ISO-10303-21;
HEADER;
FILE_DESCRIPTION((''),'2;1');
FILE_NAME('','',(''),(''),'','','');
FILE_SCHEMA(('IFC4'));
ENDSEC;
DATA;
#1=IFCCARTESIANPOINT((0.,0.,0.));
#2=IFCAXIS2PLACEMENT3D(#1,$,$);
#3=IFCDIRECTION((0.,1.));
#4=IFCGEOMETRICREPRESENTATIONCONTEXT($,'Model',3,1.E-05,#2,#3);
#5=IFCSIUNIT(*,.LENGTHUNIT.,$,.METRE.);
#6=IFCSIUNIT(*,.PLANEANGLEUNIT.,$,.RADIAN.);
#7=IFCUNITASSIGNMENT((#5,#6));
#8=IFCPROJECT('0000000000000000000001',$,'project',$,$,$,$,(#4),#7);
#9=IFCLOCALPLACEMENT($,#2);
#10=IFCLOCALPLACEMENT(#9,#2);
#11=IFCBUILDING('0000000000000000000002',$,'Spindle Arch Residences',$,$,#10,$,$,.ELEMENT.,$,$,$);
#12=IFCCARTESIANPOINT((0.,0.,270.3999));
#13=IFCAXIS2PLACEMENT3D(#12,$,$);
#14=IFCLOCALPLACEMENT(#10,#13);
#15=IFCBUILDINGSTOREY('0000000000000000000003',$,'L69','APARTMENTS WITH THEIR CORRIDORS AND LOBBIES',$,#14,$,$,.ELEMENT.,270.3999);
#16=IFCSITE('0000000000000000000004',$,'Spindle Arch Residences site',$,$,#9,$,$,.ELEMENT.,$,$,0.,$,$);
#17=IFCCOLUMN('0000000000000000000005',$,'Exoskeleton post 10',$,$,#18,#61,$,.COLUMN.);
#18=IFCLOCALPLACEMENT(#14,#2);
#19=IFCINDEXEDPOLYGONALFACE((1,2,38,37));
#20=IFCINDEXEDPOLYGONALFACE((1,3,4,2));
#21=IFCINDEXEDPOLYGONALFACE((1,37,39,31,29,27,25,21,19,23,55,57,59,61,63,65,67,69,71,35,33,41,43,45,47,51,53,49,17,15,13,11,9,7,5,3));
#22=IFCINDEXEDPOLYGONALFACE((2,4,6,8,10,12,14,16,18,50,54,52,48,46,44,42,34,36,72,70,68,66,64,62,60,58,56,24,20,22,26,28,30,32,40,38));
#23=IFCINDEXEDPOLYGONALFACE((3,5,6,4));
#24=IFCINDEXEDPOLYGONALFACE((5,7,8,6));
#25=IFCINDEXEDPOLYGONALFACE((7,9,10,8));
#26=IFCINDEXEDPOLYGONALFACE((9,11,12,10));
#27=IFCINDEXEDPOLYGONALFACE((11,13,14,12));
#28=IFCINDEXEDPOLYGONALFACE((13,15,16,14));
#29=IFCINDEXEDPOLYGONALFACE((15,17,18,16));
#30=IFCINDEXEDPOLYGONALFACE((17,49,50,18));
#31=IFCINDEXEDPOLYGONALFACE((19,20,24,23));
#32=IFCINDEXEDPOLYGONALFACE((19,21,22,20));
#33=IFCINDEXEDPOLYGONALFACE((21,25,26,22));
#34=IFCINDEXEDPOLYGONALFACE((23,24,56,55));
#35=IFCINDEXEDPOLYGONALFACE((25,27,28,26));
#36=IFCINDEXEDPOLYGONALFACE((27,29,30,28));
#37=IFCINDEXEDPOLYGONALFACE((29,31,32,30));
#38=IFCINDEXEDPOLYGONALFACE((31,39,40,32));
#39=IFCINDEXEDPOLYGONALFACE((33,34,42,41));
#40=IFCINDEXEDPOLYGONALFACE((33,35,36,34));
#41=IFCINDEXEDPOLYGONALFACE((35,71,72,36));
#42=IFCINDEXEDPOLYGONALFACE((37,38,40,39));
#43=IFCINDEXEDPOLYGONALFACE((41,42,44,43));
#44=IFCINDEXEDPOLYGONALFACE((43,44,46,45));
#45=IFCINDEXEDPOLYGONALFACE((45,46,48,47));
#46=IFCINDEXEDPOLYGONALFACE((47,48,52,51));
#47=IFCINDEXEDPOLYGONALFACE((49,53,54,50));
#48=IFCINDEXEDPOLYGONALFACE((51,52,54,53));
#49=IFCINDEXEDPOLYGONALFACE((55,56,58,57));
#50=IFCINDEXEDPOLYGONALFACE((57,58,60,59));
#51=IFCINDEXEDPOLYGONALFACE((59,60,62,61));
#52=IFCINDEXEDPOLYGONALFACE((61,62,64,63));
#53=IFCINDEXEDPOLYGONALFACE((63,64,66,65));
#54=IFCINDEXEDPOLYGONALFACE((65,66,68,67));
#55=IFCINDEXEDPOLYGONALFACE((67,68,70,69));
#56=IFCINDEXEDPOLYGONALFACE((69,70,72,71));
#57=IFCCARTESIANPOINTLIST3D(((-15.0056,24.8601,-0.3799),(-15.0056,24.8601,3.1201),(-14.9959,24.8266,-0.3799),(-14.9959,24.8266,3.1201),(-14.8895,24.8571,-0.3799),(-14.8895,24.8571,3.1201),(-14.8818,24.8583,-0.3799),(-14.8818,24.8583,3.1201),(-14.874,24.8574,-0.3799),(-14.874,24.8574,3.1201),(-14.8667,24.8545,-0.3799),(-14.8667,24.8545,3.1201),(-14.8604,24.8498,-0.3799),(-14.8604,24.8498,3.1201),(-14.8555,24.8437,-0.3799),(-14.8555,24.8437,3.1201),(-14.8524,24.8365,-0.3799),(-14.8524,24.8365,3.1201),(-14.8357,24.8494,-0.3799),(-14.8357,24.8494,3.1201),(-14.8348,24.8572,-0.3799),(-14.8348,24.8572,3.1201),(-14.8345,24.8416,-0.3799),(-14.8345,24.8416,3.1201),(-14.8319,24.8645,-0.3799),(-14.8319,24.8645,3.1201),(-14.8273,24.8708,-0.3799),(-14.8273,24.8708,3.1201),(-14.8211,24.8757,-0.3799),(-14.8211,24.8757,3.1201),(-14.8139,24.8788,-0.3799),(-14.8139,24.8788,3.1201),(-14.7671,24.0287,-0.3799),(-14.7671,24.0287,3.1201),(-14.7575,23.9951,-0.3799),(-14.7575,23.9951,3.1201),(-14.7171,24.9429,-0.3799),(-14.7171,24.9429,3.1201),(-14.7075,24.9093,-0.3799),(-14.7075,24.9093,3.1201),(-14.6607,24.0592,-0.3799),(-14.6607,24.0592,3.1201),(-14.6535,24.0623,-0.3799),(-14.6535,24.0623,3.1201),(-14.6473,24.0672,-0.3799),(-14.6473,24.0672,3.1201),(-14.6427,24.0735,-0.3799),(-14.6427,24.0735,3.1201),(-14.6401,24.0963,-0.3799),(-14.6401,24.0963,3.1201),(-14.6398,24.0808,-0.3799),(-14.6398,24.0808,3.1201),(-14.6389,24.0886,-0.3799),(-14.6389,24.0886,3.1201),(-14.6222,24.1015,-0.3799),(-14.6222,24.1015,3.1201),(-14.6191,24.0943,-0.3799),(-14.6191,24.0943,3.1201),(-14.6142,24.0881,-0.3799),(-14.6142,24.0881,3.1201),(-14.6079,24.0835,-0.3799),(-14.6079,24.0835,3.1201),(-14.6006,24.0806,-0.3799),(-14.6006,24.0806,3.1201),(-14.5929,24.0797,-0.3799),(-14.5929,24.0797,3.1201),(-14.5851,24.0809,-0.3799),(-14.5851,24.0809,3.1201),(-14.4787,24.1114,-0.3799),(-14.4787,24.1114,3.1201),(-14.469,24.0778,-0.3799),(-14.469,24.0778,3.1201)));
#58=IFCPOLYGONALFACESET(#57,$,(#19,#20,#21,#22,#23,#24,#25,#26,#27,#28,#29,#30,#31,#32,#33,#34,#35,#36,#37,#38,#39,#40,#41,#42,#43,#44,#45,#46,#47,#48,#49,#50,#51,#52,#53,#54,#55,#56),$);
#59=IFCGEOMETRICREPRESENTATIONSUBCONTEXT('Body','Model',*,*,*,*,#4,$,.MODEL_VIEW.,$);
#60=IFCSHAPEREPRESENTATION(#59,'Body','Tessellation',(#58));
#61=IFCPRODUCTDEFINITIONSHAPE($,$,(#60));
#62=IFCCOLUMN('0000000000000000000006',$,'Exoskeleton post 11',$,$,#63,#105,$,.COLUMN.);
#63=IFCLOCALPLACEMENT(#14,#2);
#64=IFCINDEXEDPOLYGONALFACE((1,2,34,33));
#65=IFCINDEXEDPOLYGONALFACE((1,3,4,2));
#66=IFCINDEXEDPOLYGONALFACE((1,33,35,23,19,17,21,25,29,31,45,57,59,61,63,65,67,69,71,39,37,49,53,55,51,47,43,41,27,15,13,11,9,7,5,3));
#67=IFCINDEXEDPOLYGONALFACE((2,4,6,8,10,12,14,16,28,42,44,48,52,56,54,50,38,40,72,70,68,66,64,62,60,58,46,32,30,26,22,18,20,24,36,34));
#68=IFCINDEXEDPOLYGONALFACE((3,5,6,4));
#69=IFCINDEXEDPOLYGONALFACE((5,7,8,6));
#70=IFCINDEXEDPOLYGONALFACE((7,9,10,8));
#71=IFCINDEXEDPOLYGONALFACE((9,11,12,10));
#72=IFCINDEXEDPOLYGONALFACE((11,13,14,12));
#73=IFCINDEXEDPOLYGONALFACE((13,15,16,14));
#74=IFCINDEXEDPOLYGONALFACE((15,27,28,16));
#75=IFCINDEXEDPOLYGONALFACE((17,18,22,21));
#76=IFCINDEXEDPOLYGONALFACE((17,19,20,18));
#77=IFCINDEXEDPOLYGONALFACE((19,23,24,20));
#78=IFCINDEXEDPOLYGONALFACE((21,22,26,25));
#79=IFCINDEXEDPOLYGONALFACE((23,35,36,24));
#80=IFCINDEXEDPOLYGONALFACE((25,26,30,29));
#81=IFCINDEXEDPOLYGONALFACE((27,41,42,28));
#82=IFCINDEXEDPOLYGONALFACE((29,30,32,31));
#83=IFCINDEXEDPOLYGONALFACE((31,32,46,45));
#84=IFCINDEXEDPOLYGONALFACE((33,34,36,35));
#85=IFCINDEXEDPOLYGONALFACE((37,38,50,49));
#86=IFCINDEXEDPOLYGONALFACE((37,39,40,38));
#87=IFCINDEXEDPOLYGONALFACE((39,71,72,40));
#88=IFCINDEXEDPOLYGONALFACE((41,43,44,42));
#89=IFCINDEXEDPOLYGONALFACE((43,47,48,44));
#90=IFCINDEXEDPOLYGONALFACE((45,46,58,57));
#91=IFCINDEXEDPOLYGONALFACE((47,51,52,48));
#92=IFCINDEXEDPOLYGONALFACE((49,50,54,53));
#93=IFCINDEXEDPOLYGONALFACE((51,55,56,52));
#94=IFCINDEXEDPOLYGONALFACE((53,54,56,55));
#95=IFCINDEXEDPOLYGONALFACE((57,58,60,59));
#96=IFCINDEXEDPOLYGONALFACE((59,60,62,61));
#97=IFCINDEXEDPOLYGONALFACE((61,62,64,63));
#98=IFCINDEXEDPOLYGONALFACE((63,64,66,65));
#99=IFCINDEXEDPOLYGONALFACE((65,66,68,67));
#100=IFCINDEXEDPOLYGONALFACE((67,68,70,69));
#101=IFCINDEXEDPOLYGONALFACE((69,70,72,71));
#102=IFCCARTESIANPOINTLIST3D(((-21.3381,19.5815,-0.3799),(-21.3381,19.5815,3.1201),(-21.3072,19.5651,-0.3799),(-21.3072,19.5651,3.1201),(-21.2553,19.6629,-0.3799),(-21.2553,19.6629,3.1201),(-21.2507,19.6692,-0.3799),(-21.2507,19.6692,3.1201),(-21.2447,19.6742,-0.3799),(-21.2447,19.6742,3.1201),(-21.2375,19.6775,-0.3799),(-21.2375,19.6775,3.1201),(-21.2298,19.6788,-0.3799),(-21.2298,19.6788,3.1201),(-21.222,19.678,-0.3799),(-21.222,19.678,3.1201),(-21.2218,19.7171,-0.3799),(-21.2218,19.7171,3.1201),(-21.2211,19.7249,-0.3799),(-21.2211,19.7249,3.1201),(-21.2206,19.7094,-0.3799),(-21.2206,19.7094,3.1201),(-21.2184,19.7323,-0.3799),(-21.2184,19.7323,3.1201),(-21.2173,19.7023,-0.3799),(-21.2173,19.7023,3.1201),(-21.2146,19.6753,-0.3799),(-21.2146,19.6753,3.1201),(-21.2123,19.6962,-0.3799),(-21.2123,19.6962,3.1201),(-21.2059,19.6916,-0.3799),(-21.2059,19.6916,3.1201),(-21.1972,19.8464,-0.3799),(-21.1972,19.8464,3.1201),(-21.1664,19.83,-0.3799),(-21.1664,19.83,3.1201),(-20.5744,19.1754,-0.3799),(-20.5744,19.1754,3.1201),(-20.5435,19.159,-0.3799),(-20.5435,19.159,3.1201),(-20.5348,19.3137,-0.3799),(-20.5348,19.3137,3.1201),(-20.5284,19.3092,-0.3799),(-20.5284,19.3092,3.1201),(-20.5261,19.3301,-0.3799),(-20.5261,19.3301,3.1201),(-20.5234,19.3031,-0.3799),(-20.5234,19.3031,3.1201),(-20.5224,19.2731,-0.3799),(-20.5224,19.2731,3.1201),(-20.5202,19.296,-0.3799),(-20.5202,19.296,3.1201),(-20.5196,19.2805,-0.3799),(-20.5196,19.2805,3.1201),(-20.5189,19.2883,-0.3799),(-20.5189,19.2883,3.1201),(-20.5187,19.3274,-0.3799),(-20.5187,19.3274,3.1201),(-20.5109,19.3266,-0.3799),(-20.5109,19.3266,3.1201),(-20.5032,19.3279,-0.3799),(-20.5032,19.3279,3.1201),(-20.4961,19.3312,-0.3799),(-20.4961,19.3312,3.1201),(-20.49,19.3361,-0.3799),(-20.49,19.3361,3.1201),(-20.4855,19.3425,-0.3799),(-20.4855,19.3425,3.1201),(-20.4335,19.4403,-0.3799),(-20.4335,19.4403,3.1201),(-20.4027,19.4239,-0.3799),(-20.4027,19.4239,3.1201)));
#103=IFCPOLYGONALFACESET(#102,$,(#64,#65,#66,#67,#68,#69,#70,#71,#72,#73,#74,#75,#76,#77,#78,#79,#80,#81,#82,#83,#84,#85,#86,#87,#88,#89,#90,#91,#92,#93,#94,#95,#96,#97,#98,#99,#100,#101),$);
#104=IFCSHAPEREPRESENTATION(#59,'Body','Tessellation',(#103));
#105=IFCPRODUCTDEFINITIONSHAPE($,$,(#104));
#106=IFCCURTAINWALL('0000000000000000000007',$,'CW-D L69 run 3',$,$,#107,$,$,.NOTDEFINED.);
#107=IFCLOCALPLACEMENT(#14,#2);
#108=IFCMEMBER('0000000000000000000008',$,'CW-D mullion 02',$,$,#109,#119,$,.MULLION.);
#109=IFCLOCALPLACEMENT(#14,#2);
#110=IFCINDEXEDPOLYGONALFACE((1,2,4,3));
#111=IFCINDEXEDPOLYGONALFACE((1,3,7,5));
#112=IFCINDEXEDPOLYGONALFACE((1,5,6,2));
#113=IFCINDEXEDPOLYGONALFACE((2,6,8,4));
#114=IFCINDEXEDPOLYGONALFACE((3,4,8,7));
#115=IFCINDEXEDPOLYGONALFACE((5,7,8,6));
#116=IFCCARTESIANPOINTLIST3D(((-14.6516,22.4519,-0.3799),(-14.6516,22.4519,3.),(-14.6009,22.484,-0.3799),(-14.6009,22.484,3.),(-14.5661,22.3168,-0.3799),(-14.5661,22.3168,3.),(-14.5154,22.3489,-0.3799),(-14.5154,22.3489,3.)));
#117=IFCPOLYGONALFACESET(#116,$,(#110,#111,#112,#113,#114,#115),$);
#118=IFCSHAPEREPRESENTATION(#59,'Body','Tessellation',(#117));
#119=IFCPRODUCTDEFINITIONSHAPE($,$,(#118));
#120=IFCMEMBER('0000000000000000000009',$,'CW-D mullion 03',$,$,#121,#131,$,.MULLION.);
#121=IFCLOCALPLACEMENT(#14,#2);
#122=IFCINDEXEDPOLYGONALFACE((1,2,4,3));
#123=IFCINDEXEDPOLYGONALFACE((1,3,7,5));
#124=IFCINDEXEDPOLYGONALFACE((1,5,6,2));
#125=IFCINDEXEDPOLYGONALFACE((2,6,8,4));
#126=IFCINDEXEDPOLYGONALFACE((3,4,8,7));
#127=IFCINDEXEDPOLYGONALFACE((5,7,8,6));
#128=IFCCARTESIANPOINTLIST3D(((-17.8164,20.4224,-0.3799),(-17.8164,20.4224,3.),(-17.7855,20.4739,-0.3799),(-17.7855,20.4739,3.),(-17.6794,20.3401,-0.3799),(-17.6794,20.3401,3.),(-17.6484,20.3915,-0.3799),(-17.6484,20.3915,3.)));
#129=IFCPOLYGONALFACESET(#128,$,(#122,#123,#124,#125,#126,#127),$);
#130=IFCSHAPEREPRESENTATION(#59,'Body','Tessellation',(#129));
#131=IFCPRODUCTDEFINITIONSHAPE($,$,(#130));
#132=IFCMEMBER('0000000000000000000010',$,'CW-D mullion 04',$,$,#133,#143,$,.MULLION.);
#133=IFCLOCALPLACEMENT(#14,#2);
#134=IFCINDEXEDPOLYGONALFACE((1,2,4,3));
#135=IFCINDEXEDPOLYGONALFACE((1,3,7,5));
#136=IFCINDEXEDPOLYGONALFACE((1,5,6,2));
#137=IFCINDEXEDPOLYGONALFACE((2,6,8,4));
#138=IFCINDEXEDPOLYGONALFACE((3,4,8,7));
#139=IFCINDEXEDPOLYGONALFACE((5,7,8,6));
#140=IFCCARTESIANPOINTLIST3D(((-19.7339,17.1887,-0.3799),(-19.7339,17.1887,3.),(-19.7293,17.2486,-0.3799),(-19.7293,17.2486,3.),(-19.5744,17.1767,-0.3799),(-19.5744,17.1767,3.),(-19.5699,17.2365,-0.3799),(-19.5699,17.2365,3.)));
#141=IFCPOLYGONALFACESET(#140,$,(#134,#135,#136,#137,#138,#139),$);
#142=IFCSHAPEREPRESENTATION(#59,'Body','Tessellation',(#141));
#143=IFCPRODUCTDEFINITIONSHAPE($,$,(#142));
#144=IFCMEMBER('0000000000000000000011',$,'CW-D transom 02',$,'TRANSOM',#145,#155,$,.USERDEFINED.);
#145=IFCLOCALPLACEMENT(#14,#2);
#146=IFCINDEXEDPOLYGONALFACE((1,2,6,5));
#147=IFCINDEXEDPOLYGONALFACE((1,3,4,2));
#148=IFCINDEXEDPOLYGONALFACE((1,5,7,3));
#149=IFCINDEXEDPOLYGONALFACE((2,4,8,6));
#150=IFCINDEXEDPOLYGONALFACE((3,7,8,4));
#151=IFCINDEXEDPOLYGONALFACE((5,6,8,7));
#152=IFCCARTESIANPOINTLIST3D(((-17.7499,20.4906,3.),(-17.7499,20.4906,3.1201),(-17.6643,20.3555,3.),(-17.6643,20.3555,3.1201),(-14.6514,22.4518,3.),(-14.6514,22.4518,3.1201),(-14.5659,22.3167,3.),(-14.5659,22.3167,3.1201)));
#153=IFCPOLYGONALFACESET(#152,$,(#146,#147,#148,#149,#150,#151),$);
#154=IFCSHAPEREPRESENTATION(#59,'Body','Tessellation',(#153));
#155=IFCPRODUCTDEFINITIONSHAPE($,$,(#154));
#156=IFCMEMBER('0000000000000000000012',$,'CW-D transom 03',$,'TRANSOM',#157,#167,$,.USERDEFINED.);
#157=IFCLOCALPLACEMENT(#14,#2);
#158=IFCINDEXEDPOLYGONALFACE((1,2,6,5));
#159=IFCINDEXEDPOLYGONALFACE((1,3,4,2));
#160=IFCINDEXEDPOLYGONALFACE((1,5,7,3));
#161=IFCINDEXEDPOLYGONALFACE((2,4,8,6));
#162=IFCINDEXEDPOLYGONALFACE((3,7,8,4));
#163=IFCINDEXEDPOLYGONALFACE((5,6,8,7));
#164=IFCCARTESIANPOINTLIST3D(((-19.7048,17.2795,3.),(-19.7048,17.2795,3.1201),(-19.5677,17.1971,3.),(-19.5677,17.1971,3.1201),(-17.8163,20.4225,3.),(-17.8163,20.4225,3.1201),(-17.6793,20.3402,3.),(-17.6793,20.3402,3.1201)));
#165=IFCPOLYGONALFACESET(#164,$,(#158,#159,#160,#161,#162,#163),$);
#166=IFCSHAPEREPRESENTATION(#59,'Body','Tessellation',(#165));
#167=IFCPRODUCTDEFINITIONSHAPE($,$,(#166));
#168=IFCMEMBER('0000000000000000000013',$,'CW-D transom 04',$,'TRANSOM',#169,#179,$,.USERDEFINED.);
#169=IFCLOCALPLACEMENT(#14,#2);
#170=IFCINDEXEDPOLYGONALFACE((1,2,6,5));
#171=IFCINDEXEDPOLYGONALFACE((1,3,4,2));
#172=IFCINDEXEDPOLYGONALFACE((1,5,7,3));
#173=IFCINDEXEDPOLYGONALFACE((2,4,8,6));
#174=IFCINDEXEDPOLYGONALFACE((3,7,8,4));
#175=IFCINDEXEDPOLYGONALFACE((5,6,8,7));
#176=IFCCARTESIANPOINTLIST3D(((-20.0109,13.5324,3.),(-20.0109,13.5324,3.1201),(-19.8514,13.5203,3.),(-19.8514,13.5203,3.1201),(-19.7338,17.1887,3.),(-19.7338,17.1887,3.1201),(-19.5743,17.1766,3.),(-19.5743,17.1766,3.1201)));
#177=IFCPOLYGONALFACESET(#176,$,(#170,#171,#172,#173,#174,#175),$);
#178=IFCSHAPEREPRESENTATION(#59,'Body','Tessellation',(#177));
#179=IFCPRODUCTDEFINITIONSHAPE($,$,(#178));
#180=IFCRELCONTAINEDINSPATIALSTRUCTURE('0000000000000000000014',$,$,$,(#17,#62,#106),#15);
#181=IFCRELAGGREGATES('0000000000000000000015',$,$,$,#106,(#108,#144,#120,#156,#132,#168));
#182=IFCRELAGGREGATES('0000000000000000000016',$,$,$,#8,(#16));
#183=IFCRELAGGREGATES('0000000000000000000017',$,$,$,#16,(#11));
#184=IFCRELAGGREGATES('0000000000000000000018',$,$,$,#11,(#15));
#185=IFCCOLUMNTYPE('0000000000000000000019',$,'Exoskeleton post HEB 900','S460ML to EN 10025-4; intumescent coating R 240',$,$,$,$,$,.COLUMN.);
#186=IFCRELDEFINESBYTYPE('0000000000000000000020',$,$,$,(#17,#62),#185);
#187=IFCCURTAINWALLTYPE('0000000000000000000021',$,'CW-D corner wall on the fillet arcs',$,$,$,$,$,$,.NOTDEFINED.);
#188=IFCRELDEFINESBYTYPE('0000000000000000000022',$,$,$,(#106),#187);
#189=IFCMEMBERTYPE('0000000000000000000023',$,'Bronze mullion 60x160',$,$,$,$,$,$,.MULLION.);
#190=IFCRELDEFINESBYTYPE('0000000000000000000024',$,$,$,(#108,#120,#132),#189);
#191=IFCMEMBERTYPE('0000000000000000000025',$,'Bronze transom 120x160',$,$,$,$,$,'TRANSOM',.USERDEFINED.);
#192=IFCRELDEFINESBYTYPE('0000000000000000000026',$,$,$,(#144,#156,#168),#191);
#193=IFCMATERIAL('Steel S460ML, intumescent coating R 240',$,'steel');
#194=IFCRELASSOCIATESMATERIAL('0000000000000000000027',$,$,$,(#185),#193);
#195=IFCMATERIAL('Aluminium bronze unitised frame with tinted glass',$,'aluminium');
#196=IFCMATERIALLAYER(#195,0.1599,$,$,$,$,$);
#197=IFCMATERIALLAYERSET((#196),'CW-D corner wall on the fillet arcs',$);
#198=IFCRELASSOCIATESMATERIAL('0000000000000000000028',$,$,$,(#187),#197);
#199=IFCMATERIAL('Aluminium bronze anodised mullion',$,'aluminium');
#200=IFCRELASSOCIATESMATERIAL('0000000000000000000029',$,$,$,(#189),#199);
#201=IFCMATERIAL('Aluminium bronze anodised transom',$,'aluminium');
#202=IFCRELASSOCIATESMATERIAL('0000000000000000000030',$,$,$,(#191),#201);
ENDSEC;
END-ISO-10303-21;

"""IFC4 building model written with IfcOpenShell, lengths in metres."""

from ifc_helpers import new_model, si_unit, direction, frame, origin, origin_2d, place, context, subcontext, project, spatial, rectangle, i_section, extrude, material, layer, layer_set, material_profile, profile_set, type_object, element, aggregate, save


model = new_model("IFC4")

# Units and contexts
model_context = context("Model", 3, precision=1e-05, world=origin(), true_north=direction((0.0, 1.0)))
body_context = subcontext(model_context, "Body", "Model", "MODEL_VIEW")
ifc_project = project(units=[si_unit("LENGTHUNIT", "METRE"), si_unit("PLANEANGLEUNIT", "RADIAN")], contexts=[model_context])

# Site, building, storey
site_placement = place(None, origin())
site = spatial("IfcSite", under=ifc_project, at=site_placement, Name="Spindle Arch Residences site", CompositionType="ELEMENT", RefElevation=0.0)
building_placement = place(site_placement, origin())
building = spatial("IfcBuilding", under=site, at=building_placement, Name="Spindle Arch Residences", CompositionType="ELEMENT")
storey_placement = place(building_placement, frame((0.0, 0.0, 270.3999)))
storey = spatial("IfcBuildingStorey", under=building, at=storey_placement, Name="L69", Description="APARTMENTS WITH THEIR CORRIDORS AND LOBBIES", CompositionType="ELEMENT", Elevation=270.3999)

# Columns
ifc_material_1 = material(Name="Steel S460ML, intumescent coating R 240", Category="steel")
ifc_material_profile_1 = material_profile(ifc_material_1, i_section(OverallWidth=0.3, OverallDepth=0.8999, WebThickness=0.0186, FlangeThickness=0.0349, FilletRadius=0.03, at=origin_2d()), Name="HEB 900")
ifc_profile_set_1 = profile_set([ifc_material_profile_1], Name="Steel S460ML, intumescent coating R 240")
column_type = type_object("IfcColumnType", Name="Exoskeleton post HEB 900", Description="S460ML to EN 10025-4; intumescent coating R 240", PredefinedType="COLUMN", material=ifc_profile_set_1)
for number, where, z_axis, x_axis, name in (
    (1, (-14.7373, 24.469, -0.3799), (0.0, 0.0, 1.0), (0.961245, 0.275695, 0.0), "Exoskeleton post 10"),
    (2, (-20.8704, 19.5027, -0.3799), (0.0, 0.0, 1.0), (0.469525, 0.882919, 0.0), "Exoskeleton post 11"),
):
    element("IfcColumn", number, at=place(storey_placement, frame(where, z_axis=z_axis, x_axis=x_axis)), inside=storey, type_object=column_type, Name=name, PredefinedType="COLUMN", context=body_context, shape_type="SweptSolid", body=[
        extrude(i_section(OverallWidth=0.3, OverallDepth=0.8999, WebThickness=0.0186, FlangeThickness=0.0349, FilletRadius=0.03, at=origin_2d()), origin(), (0.0, 0.0, 1.0), 3.5),
    ])

# Curtain wall, members
ifc_material_2 = material(Name="Aluminium bronze unitised frame with tinted glass", Category="aluminium")
ifc_layer_1 = layer(ifc_material_2, 0.1599)
ifc_layer_set_1 = layer_set([ifc_layer_1], Name="CW-D corner wall on the fillet arcs")
curtain_wall_type = type_object("IfcCurtainWallType", Name="CW-D corner wall on the fillet arcs", PredefinedType="NOTDEFINED", material=ifc_layer_set_1)
curtain_wall_placement = place(storey_placement, origin())
curtain_wall = element("IfcCurtainWall", 3, at=curtain_wall_placement, inside=storey, type_object=curtain_wall_type, Name="CW-D L69 run 3", PredefinedType="NOTDEFINED")
ifc_material_3 = material(Name="Aluminium bronze anodised mullion", Category="aluminium")
ifc_material_profile_2 = material_profile(ifc_material_3, rectangle(XDim=0.1599, YDim=0.0601, at=origin_2d()), Name="MU 60x160")
ifc_profile_set_2 = profile_set([ifc_material_profile_2], Name="Aluminium bronze anodised mullion")
member_type_1 = type_object("IfcMemberType", Name="Bronze mullion 60x160", PredefinedType="MULLION", material=ifc_profile_set_2)
member_1_placement = place(storey_placement, frame((-14.5835, 22.4004, -0.3799), z_axis=(0.0, 0.0, 1.0), x_axis=(0.534844, -0.844951, 0.0)))
member_1 = element("IfcMember", 4, at=member_1_placement, type_object=member_type_1, Name="CW-D mullion 02", PredefinedType="MULLION", context=body_context, shape_type="SweptSolid", body=[
    extrude(rectangle(XDim=0.1599, YDim=0.0601, at=origin_2d()), origin(), (0.0, 0.0, 1.0), 3.3799),
])
member_2_placement = place(storey_placement, frame((-17.7324, 20.407, -0.3799), z_axis=(0.0, 0.0, 1.0), x_axis=(0.857167, -0.515038, 0.0)))
member_2 = element("IfcMember", 5, at=member_2_placement, type_object=member_type_1, Name="CW-D mullion 03", PredefinedType="MULLION", context=body_context, shape_type="SweptSolid", body=[
    extrude(rectangle(XDim=0.1599, YDim=0.0601, at=origin_2d()), origin(), (0.0, 0.0, 1.0), 3.3799),
])
member_3_placement = place(storey_placement, frame((-19.6519, 17.2126, -0.3799), z_axis=(0.0, 0.0, 1.0), x_axis=(0.997141, -0.075559, 0.0)))
member_3 = element("IfcMember", 6, at=member_3_placement, type_object=member_type_1, Name="CW-D mullion 04", PredefinedType="MULLION", context=body_context, shape_type="SweptSolid", body=[
    extrude(rectangle(XDim=0.1599, YDim=0.0601, at=origin_2d()), origin(), (0.0, 0.0, 1.0), 3.3799),
])
ifc_material_4 = material(Name="Aluminium bronze anodised transom", Category="aluminium")
ifc_material_profile_3 = material_profile(ifc_material_4, rectangle(XDim=0.1599, YDim=0.1201, at=origin_2d()), Name="TR 120x160")
ifc_profile_set_3 = profile_set([ifc_material_profile_3], Name="Aluminium bronze anodised transom")
member_type_2 = type_object("IfcMemberType", Name="Bronze transom 120x160", ElementType="TRANSOM", PredefinedType="USERDEFINED", material=ifc_profile_set_3)
member_4_placement = place(storey_placement, frame((-14.6086, 22.3843, 3.0601), z_axis=(-0.844958, -0.534832, 0.0), x_axis=(0.534832, -0.844958, 0.0)))
member_4 = element("IfcMember", 7, at=member_4_placement, type_object=member_type_2, Name="CW-D transom 02", ObjectType="TRANSOM", PredefinedType="USERDEFINED", context=body_context, shape_type="SweptSolid", body=[
    extrude(rectangle(XDim=0.1599, YDim=0.1201, at=origin_2d()), origin(), (0.0, 0.0, 1.0), 3.667),
])
member_5_placement = place(storey_placement, frame((-17.7478, 20.3813, 3.0601), z_axis=(-0.515015, -0.857181, 0.0), x_axis=(0.857181, -0.515015, 0.0)))
member_5 = element("IfcMember", 8, at=member_5_placement, type_object=member_type_2, Name="CW-D transom 03", ObjectType="TRANSOM", PredefinedType="USERDEFINED", context=body_context, shape_type="SweptSolid", body=[
    extrude(rectangle(XDim=0.1599, YDim=0.1201, at=origin_2d()), origin(), (0.0, 0.0, 1.0), 3.6667),
])
member_6_placement = place(storey_placement, frame((-19.6541, 17.1826, 3.0601), z_axis=(-0.075571, -0.99714, 0.0), x_axis=(0.99714, -0.075571, 0.0)))
member_6 = element("IfcMember", 9, at=member_6_placement, type_object=member_type_2, Name="CW-D transom 04", ObjectType="TRANSOM", PredefinedType="USERDEFINED", context=body_context, shape_type="SweptSolid", body=[
    extrude(rectangle(XDim=0.1599, YDim=0.1201, at=origin_2d()), origin(), (0.0, 0.0, 1.0), 3.6667),
])

aggregate(curtain_wall, [member_1, member_4, member_2, member_5, member_3, member_6])

save(model, "model.ifc")
